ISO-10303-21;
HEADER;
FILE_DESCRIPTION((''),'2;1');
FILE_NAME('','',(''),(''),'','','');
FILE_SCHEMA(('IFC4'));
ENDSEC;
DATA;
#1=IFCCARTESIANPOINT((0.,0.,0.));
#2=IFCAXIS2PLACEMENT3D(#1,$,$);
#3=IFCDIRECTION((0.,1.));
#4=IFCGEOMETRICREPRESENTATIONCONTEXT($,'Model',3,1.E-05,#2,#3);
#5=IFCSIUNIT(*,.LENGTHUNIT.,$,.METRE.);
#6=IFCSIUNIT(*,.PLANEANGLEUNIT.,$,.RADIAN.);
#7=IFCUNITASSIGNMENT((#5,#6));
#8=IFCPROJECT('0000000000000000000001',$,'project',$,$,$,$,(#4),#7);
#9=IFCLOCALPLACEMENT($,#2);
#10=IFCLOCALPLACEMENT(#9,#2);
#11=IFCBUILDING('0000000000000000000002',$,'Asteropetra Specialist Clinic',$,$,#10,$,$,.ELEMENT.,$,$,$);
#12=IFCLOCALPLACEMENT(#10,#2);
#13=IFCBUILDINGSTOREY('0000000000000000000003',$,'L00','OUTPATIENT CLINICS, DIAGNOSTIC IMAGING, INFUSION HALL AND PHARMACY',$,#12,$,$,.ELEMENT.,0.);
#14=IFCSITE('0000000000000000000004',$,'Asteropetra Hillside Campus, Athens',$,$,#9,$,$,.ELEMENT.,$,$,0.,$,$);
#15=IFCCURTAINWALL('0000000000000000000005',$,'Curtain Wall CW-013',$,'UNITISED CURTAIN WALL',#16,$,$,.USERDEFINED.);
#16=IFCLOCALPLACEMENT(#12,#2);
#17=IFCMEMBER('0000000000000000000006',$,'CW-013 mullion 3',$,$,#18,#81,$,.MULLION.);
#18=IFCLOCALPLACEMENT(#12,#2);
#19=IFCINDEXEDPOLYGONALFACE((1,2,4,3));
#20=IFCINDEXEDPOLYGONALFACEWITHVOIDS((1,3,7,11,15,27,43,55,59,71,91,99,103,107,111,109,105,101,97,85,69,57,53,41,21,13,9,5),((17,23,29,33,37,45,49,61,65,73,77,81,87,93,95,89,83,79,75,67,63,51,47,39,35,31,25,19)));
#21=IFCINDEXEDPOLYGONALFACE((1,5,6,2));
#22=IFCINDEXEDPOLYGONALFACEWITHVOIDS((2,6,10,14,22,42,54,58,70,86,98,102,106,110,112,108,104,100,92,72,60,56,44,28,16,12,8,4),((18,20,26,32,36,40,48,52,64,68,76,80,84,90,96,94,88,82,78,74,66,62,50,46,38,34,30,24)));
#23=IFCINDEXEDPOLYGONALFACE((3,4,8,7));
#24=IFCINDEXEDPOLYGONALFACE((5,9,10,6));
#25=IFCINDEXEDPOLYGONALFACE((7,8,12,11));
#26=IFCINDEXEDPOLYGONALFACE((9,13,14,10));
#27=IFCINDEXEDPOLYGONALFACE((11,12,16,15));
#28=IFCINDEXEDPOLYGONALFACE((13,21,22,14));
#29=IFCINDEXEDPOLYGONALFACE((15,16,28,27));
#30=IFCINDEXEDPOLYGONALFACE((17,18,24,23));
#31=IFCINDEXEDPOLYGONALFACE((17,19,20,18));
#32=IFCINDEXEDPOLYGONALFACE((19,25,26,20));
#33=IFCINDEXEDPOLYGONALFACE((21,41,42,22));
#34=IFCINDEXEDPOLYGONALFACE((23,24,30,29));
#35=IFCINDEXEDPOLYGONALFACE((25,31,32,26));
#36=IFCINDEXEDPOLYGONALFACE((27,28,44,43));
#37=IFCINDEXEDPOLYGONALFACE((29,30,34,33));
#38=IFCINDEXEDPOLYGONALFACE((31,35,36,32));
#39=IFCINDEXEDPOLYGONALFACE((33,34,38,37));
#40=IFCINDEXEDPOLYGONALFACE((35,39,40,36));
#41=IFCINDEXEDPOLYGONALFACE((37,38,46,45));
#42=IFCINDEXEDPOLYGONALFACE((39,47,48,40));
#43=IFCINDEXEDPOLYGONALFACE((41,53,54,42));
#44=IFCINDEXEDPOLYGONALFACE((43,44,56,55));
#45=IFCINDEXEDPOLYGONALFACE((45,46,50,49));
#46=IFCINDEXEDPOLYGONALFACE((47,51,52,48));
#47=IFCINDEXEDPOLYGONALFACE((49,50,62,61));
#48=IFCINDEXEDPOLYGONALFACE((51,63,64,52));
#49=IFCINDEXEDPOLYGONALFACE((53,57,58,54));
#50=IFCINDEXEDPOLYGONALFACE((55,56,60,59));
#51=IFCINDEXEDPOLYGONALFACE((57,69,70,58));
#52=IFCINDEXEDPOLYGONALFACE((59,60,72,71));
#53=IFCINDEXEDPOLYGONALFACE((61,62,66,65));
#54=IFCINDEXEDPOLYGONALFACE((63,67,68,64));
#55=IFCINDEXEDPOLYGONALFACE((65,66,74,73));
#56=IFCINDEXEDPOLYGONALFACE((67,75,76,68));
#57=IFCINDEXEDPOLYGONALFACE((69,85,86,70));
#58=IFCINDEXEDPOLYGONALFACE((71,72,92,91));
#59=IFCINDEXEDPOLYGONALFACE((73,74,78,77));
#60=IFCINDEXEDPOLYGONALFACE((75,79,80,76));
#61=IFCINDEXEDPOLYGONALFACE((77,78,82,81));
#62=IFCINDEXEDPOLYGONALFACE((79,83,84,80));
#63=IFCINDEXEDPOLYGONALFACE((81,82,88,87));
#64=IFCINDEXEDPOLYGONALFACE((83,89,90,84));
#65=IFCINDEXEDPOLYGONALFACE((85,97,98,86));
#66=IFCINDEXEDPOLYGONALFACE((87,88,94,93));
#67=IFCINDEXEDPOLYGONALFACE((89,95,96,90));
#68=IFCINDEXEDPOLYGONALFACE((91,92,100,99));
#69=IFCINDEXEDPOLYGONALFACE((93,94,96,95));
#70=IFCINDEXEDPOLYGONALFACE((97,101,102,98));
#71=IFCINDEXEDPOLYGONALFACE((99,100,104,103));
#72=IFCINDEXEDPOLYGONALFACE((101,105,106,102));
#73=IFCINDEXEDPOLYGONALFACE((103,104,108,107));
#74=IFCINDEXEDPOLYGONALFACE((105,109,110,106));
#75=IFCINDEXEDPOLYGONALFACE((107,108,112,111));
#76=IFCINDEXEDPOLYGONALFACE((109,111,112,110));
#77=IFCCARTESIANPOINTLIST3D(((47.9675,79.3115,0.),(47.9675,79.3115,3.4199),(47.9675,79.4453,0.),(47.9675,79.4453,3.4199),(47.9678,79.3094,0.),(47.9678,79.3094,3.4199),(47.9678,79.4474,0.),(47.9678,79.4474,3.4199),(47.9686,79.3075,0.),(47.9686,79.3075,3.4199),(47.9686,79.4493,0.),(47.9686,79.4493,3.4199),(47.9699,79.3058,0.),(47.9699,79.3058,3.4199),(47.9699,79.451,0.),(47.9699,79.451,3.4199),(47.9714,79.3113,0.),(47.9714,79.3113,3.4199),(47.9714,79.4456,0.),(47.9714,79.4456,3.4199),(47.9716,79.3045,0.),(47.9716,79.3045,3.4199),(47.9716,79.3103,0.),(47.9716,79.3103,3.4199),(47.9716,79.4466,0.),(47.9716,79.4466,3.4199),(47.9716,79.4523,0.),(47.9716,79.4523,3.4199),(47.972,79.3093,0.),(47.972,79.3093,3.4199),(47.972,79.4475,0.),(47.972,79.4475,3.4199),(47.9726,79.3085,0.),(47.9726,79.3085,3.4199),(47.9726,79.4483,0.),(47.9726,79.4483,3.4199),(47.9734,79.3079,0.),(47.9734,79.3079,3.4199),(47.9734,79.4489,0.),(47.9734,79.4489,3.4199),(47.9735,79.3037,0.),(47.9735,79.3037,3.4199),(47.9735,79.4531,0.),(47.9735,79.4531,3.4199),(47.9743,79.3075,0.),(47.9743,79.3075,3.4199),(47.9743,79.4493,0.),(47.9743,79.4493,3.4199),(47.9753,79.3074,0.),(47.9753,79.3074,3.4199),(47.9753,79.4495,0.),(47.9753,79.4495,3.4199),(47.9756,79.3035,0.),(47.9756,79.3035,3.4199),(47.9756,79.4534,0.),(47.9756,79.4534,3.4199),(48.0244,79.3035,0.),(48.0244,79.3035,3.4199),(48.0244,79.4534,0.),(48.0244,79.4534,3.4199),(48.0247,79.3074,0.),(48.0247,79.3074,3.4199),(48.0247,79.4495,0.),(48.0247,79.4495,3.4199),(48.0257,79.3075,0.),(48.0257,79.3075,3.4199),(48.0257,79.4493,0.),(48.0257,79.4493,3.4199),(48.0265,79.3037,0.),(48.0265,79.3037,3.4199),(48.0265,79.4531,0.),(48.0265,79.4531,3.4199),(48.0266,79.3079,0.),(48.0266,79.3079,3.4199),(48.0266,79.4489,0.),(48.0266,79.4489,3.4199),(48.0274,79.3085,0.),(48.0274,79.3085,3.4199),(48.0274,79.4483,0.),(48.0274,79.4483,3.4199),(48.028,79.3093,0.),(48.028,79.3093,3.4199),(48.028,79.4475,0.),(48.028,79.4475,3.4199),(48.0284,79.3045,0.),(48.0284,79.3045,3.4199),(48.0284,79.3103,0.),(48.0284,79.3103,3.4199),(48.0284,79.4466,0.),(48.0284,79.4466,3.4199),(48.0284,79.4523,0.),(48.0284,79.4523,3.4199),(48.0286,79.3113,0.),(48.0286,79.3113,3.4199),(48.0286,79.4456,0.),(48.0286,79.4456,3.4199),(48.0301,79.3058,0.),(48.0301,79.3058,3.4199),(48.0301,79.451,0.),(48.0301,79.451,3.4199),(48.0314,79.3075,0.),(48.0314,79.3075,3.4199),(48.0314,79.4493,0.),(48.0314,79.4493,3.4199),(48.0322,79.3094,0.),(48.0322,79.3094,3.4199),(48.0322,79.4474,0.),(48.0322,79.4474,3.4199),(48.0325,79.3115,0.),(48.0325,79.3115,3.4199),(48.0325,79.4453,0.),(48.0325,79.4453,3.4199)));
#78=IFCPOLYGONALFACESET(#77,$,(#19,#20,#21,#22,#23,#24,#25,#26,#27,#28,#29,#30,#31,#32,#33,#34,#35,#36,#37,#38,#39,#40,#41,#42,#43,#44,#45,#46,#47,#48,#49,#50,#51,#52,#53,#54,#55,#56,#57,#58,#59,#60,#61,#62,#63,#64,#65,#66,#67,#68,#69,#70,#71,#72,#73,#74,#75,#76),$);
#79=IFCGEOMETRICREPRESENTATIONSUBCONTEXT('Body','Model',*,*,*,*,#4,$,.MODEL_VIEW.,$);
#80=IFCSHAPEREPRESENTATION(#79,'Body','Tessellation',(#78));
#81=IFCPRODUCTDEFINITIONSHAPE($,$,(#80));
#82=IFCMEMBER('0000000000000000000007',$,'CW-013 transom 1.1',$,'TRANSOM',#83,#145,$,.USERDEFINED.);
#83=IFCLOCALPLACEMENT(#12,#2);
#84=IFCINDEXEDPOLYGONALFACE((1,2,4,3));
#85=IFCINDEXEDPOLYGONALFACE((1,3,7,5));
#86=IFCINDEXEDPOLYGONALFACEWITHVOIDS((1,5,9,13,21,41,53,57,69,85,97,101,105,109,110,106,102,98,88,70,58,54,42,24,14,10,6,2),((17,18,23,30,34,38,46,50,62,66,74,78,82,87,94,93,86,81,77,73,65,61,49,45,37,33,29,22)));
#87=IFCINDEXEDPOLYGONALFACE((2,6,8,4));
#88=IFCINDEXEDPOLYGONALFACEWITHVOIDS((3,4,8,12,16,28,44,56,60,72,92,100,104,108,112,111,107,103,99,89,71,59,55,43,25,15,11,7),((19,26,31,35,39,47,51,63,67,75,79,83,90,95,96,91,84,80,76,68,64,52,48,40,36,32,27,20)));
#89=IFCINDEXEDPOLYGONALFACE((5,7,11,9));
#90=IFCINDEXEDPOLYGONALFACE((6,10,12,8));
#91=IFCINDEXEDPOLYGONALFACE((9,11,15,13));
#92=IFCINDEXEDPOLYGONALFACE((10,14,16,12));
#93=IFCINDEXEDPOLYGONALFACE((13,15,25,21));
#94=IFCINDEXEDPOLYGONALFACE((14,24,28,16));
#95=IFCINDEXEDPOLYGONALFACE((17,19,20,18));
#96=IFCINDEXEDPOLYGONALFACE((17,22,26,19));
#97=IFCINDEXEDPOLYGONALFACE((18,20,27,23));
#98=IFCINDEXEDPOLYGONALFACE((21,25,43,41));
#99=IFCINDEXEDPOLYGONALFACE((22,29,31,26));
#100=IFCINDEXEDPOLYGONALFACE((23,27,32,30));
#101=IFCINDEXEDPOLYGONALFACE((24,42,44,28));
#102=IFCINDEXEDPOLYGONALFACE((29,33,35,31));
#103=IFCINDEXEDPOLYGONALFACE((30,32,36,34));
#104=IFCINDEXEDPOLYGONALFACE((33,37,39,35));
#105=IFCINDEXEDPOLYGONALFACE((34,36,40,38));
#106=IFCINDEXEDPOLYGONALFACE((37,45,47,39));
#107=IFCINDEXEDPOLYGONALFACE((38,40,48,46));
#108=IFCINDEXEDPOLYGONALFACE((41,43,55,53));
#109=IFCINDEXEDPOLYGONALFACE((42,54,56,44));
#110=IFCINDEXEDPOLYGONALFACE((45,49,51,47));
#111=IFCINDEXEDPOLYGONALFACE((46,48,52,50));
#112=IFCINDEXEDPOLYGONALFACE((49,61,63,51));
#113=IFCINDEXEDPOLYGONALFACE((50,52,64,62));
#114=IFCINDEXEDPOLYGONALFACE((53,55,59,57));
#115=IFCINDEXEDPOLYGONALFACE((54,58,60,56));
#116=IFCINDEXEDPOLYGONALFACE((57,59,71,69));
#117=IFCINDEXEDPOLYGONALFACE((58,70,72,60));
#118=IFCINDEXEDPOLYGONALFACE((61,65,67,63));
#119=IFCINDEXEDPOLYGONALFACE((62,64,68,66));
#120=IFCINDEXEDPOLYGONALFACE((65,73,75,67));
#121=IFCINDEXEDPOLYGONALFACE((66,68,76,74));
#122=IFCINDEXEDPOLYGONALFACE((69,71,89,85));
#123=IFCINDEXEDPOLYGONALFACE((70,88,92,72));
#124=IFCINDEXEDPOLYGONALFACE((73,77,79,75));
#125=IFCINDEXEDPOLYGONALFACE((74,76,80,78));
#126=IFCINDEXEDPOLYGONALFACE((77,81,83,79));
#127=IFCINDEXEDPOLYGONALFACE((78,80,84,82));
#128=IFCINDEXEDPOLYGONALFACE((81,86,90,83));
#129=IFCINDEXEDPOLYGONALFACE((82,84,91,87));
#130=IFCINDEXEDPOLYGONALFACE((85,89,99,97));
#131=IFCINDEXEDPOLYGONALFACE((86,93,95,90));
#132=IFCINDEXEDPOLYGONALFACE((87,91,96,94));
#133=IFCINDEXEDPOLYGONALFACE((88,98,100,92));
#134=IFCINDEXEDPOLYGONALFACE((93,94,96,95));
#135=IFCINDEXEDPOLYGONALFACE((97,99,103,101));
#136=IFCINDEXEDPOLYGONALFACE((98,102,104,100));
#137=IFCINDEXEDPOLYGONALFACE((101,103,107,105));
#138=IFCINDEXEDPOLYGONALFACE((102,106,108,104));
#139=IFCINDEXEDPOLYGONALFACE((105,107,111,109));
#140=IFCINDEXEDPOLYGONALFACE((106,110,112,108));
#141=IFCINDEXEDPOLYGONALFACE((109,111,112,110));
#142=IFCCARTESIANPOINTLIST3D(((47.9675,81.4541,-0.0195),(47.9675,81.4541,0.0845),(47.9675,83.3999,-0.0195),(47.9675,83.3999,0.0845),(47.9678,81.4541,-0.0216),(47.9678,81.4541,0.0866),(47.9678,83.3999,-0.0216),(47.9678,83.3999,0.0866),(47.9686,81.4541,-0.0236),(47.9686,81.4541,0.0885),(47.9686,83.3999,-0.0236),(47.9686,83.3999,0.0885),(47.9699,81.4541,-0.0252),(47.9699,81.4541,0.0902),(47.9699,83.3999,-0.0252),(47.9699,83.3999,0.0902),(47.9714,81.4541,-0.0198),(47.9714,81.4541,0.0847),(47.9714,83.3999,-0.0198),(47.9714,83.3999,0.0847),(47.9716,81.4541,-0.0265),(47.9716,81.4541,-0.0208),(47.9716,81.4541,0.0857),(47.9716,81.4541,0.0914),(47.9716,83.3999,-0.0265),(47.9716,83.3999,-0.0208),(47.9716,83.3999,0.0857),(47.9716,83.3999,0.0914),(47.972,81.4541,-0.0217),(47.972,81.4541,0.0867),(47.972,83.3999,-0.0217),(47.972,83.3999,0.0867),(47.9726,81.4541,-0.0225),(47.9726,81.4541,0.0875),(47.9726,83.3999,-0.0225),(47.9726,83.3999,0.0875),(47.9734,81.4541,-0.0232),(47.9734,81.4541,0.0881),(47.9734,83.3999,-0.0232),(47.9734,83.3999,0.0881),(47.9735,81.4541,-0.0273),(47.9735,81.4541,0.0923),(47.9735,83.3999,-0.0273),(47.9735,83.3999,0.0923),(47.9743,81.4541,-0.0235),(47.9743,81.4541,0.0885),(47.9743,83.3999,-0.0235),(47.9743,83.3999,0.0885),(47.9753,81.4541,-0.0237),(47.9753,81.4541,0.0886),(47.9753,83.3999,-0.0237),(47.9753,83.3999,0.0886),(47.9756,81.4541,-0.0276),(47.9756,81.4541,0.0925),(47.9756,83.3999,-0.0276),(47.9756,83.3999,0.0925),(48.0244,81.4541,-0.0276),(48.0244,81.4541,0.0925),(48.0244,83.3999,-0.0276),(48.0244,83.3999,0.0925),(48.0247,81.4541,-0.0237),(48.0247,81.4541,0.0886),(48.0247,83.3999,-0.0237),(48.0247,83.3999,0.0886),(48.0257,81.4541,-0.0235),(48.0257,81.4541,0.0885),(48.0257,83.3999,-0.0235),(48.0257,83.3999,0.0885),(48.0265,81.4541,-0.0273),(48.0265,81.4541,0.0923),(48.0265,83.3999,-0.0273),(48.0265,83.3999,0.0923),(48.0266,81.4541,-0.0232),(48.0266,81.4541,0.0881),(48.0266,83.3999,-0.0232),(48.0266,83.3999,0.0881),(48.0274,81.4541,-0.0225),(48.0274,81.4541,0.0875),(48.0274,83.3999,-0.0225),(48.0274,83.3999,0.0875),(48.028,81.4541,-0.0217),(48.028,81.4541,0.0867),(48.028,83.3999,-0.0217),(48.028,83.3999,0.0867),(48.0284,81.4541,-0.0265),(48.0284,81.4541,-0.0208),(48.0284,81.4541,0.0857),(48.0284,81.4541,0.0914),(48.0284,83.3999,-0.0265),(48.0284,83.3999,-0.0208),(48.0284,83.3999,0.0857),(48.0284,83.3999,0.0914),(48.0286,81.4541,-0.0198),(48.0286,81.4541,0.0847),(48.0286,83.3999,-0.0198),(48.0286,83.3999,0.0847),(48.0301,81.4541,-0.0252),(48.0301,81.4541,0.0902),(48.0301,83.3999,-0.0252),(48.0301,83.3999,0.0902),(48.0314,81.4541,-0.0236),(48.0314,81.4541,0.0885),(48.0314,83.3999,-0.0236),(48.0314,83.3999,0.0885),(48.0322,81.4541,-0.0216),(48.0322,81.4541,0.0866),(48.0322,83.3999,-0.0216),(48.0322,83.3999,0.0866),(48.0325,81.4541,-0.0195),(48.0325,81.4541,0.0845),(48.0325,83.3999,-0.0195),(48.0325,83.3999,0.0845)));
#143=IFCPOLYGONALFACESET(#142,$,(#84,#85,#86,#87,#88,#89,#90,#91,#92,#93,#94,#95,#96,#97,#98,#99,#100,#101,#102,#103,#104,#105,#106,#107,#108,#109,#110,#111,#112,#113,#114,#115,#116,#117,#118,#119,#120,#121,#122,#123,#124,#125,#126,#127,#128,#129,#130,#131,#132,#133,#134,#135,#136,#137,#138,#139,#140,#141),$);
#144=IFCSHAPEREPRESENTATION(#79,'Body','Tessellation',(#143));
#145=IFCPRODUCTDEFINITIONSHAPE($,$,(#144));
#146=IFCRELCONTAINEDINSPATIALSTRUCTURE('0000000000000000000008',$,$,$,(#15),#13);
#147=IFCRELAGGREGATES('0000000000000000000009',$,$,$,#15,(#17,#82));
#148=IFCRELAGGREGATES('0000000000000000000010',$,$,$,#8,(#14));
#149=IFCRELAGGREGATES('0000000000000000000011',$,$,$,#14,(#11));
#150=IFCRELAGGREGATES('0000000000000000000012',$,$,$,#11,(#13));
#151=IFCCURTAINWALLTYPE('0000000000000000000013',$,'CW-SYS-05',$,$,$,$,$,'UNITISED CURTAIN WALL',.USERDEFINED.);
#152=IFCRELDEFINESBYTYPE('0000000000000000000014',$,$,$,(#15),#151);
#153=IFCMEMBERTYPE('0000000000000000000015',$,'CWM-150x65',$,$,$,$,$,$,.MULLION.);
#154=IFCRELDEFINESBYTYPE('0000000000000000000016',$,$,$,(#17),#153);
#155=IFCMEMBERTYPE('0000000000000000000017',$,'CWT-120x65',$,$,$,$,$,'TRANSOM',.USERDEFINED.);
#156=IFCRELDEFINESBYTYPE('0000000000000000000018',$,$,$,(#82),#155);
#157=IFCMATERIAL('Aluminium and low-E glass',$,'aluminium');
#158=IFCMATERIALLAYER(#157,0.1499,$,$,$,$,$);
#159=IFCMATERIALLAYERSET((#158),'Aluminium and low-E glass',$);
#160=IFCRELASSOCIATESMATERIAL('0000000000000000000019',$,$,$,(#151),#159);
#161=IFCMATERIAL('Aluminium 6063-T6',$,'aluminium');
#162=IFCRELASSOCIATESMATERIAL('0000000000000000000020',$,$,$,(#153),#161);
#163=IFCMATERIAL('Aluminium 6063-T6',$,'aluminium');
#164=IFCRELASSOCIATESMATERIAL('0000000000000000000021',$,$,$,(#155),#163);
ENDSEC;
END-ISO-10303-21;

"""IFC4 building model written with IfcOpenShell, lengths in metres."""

from ifc_helpers import new_model, si_unit, direction, frame, origin, origin_2d, place, context, subcontext, project, spatial, hollow_rectangle, extrude, material, layer, layer_set, material_profile, profile_set, type_object, element, aggregate, save


model = new_model("IFC4")

# Units and contexts
model_context = context("Model", 3, precision=1e-05, world=origin(), true_north=direction((0.0, 1.0)))
body_context = subcontext(model_context, "Body", "Model", "MODEL_VIEW")
ifc_project = project(units=[si_unit("LENGTHUNIT", "METRE"), si_unit("PLANEANGLEUNIT", "RADIAN")], contexts=[model_context])

# Site, building, storey
site_placement = place(None, origin())
site = spatial("IfcSite", under=ifc_project, at=site_placement, Name="Asteropetra Hillside Campus, Athens", CompositionType="ELEMENT", RefElevation=0.0)
building_placement = place(site_placement, origin())
building = spatial("IfcBuilding", under=site, at=building_placement, Name="Asteropetra Specialist Clinic", CompositionType="ELEMENT")
storey_placement = place(building_placement, origin())
storey = spatial("IfcBuildingStorey", under=building, at=storey_placement, Name="L00", Description="OUTPATIENT CLINICS, DIAGNOSTIC IMAGING, INFUSION HALL AND PHARMACY", CompositionType="ELEMENT", Elevation=0.0)

# Curtain wall, members
ifc_material_1 = material(Name="Aluminium and low-E glass", Category="aluminium")
ifc_layer_1 = layer(ifc_material_1, 0.1499)
ifc_layer_set_1 = layer_set([ifc_layer_1], Name="Aluminium and low-E glass")
curtain_wall_type = type_object("IfcCurtainWallType", Name="CW-SYS-05", ElementType="UNITISED CURTAIN WALL", PredefinedType="USERDEFINED", material=ifc_layer_set_1)
curtain_wall_placement = place(storey_placement, origin())
curtain_wall = element("IfcCurtainWall", 1, at=curtain_wall_placement, inside=storey, type_object=curtain_wall_type, Name="Curtain Wall CW-013", ObjectType="UNITISED CURTAIN WALL", PredefinedType="USERDEFINED")
ifc_material_2 = material(Name="Aluminium 6063-T6", Category="aluminium")
ifc_material_profile_1 = material_profile(ifc_material_2, hollow_rectangle(XDim=0.0649, YDim=0.1499, WallThickness=0.0039, InnerFilletRadius=0.0039, OuterFilletRadius=0.0081, at=origin_2d()), Name="MUL 150x65x4.0")
ifc_profile_set_1 = profile_set([ifc_material_profile_1], Name="Aluminium 6063-T6")
member_type_1 = type_object("IfcMemberType", Name="CWM-150x65", PredefinedType="MULLION", material=ifc_profile_set_1)
member_1_placement = place(storey_placement, frame((48.0, 79.3784, 0.0), z_axis=(0.0, 0.0, 1.0), x_axis=(1.0, 0.0, 0.0)))
member_1 = element("IfcMember", 2, at=member_1_placement, type_object=member_type_1, Name="CW-013 mullion 3", PredefinedType="MULLION", context=body_context, shape_type="SweptSolid", body=[
    extrude(hollow_rectangle(XDim=0.0649, YDim=0.1499, WallThickness=0.0039, InnerFilletRadius=0.0039, OuterFilletRadius=0.0081, at=origin_2d()), origin(), (0.0, 0.0, 1.0), 3.4199),
])
ifc_material_3 = material(Name="Aluminium 6063-T6", Category="aluminium")
ifc_material_profile_2 = material_profile(ifc_material_3, hollow_rectangle(XDim=0.0649, YDim=0.1201, WallThickness=0.0039, InnerFilletRadius=0.0039, OuterFilletRadius=0.0081, at=origin_2d()), Name="TRN 120x65x4.0")
ifc_profile_set_2 = profile_set([ifc_material_profile_2], Name="Aluminium 6063-T6")
member_type_2 = type_object("IfcMemberType", Name="CWT-120x65", ElementType="TRANSOM", PredefinedType="USERDEFINED", material=ifc_profile_set_2)
member_2_placement = place(storey_placement, frame((48.0, 83.3999, 0.0325), z_axis=(0.0, -1.0, 0.0), x_axis=(1.0, 0.0, 0.0)))
member_2 = element("IfcMember", 3, at=member_2_placement, type_object=member_type_2, Name="CW-013 transom 1.1", ObjectType="TRANSOM", PredefinedType="USERDEFINED", context=body_context, shape_type="SweptSolid", body=[
    extrude(hollow_rectangle(XDim=0.0649, YDim=0.1201, WallThickness=0.0039, InnerFilletRadius=0.0039, OuterFilletRadius=0.0081, at=origin_2d()), origin(), (0.0, 0.0, 1.0), 1.9458),
])
aggregate(curtain_wall, [member_1, member_2])

save(model, "model.ifc")
